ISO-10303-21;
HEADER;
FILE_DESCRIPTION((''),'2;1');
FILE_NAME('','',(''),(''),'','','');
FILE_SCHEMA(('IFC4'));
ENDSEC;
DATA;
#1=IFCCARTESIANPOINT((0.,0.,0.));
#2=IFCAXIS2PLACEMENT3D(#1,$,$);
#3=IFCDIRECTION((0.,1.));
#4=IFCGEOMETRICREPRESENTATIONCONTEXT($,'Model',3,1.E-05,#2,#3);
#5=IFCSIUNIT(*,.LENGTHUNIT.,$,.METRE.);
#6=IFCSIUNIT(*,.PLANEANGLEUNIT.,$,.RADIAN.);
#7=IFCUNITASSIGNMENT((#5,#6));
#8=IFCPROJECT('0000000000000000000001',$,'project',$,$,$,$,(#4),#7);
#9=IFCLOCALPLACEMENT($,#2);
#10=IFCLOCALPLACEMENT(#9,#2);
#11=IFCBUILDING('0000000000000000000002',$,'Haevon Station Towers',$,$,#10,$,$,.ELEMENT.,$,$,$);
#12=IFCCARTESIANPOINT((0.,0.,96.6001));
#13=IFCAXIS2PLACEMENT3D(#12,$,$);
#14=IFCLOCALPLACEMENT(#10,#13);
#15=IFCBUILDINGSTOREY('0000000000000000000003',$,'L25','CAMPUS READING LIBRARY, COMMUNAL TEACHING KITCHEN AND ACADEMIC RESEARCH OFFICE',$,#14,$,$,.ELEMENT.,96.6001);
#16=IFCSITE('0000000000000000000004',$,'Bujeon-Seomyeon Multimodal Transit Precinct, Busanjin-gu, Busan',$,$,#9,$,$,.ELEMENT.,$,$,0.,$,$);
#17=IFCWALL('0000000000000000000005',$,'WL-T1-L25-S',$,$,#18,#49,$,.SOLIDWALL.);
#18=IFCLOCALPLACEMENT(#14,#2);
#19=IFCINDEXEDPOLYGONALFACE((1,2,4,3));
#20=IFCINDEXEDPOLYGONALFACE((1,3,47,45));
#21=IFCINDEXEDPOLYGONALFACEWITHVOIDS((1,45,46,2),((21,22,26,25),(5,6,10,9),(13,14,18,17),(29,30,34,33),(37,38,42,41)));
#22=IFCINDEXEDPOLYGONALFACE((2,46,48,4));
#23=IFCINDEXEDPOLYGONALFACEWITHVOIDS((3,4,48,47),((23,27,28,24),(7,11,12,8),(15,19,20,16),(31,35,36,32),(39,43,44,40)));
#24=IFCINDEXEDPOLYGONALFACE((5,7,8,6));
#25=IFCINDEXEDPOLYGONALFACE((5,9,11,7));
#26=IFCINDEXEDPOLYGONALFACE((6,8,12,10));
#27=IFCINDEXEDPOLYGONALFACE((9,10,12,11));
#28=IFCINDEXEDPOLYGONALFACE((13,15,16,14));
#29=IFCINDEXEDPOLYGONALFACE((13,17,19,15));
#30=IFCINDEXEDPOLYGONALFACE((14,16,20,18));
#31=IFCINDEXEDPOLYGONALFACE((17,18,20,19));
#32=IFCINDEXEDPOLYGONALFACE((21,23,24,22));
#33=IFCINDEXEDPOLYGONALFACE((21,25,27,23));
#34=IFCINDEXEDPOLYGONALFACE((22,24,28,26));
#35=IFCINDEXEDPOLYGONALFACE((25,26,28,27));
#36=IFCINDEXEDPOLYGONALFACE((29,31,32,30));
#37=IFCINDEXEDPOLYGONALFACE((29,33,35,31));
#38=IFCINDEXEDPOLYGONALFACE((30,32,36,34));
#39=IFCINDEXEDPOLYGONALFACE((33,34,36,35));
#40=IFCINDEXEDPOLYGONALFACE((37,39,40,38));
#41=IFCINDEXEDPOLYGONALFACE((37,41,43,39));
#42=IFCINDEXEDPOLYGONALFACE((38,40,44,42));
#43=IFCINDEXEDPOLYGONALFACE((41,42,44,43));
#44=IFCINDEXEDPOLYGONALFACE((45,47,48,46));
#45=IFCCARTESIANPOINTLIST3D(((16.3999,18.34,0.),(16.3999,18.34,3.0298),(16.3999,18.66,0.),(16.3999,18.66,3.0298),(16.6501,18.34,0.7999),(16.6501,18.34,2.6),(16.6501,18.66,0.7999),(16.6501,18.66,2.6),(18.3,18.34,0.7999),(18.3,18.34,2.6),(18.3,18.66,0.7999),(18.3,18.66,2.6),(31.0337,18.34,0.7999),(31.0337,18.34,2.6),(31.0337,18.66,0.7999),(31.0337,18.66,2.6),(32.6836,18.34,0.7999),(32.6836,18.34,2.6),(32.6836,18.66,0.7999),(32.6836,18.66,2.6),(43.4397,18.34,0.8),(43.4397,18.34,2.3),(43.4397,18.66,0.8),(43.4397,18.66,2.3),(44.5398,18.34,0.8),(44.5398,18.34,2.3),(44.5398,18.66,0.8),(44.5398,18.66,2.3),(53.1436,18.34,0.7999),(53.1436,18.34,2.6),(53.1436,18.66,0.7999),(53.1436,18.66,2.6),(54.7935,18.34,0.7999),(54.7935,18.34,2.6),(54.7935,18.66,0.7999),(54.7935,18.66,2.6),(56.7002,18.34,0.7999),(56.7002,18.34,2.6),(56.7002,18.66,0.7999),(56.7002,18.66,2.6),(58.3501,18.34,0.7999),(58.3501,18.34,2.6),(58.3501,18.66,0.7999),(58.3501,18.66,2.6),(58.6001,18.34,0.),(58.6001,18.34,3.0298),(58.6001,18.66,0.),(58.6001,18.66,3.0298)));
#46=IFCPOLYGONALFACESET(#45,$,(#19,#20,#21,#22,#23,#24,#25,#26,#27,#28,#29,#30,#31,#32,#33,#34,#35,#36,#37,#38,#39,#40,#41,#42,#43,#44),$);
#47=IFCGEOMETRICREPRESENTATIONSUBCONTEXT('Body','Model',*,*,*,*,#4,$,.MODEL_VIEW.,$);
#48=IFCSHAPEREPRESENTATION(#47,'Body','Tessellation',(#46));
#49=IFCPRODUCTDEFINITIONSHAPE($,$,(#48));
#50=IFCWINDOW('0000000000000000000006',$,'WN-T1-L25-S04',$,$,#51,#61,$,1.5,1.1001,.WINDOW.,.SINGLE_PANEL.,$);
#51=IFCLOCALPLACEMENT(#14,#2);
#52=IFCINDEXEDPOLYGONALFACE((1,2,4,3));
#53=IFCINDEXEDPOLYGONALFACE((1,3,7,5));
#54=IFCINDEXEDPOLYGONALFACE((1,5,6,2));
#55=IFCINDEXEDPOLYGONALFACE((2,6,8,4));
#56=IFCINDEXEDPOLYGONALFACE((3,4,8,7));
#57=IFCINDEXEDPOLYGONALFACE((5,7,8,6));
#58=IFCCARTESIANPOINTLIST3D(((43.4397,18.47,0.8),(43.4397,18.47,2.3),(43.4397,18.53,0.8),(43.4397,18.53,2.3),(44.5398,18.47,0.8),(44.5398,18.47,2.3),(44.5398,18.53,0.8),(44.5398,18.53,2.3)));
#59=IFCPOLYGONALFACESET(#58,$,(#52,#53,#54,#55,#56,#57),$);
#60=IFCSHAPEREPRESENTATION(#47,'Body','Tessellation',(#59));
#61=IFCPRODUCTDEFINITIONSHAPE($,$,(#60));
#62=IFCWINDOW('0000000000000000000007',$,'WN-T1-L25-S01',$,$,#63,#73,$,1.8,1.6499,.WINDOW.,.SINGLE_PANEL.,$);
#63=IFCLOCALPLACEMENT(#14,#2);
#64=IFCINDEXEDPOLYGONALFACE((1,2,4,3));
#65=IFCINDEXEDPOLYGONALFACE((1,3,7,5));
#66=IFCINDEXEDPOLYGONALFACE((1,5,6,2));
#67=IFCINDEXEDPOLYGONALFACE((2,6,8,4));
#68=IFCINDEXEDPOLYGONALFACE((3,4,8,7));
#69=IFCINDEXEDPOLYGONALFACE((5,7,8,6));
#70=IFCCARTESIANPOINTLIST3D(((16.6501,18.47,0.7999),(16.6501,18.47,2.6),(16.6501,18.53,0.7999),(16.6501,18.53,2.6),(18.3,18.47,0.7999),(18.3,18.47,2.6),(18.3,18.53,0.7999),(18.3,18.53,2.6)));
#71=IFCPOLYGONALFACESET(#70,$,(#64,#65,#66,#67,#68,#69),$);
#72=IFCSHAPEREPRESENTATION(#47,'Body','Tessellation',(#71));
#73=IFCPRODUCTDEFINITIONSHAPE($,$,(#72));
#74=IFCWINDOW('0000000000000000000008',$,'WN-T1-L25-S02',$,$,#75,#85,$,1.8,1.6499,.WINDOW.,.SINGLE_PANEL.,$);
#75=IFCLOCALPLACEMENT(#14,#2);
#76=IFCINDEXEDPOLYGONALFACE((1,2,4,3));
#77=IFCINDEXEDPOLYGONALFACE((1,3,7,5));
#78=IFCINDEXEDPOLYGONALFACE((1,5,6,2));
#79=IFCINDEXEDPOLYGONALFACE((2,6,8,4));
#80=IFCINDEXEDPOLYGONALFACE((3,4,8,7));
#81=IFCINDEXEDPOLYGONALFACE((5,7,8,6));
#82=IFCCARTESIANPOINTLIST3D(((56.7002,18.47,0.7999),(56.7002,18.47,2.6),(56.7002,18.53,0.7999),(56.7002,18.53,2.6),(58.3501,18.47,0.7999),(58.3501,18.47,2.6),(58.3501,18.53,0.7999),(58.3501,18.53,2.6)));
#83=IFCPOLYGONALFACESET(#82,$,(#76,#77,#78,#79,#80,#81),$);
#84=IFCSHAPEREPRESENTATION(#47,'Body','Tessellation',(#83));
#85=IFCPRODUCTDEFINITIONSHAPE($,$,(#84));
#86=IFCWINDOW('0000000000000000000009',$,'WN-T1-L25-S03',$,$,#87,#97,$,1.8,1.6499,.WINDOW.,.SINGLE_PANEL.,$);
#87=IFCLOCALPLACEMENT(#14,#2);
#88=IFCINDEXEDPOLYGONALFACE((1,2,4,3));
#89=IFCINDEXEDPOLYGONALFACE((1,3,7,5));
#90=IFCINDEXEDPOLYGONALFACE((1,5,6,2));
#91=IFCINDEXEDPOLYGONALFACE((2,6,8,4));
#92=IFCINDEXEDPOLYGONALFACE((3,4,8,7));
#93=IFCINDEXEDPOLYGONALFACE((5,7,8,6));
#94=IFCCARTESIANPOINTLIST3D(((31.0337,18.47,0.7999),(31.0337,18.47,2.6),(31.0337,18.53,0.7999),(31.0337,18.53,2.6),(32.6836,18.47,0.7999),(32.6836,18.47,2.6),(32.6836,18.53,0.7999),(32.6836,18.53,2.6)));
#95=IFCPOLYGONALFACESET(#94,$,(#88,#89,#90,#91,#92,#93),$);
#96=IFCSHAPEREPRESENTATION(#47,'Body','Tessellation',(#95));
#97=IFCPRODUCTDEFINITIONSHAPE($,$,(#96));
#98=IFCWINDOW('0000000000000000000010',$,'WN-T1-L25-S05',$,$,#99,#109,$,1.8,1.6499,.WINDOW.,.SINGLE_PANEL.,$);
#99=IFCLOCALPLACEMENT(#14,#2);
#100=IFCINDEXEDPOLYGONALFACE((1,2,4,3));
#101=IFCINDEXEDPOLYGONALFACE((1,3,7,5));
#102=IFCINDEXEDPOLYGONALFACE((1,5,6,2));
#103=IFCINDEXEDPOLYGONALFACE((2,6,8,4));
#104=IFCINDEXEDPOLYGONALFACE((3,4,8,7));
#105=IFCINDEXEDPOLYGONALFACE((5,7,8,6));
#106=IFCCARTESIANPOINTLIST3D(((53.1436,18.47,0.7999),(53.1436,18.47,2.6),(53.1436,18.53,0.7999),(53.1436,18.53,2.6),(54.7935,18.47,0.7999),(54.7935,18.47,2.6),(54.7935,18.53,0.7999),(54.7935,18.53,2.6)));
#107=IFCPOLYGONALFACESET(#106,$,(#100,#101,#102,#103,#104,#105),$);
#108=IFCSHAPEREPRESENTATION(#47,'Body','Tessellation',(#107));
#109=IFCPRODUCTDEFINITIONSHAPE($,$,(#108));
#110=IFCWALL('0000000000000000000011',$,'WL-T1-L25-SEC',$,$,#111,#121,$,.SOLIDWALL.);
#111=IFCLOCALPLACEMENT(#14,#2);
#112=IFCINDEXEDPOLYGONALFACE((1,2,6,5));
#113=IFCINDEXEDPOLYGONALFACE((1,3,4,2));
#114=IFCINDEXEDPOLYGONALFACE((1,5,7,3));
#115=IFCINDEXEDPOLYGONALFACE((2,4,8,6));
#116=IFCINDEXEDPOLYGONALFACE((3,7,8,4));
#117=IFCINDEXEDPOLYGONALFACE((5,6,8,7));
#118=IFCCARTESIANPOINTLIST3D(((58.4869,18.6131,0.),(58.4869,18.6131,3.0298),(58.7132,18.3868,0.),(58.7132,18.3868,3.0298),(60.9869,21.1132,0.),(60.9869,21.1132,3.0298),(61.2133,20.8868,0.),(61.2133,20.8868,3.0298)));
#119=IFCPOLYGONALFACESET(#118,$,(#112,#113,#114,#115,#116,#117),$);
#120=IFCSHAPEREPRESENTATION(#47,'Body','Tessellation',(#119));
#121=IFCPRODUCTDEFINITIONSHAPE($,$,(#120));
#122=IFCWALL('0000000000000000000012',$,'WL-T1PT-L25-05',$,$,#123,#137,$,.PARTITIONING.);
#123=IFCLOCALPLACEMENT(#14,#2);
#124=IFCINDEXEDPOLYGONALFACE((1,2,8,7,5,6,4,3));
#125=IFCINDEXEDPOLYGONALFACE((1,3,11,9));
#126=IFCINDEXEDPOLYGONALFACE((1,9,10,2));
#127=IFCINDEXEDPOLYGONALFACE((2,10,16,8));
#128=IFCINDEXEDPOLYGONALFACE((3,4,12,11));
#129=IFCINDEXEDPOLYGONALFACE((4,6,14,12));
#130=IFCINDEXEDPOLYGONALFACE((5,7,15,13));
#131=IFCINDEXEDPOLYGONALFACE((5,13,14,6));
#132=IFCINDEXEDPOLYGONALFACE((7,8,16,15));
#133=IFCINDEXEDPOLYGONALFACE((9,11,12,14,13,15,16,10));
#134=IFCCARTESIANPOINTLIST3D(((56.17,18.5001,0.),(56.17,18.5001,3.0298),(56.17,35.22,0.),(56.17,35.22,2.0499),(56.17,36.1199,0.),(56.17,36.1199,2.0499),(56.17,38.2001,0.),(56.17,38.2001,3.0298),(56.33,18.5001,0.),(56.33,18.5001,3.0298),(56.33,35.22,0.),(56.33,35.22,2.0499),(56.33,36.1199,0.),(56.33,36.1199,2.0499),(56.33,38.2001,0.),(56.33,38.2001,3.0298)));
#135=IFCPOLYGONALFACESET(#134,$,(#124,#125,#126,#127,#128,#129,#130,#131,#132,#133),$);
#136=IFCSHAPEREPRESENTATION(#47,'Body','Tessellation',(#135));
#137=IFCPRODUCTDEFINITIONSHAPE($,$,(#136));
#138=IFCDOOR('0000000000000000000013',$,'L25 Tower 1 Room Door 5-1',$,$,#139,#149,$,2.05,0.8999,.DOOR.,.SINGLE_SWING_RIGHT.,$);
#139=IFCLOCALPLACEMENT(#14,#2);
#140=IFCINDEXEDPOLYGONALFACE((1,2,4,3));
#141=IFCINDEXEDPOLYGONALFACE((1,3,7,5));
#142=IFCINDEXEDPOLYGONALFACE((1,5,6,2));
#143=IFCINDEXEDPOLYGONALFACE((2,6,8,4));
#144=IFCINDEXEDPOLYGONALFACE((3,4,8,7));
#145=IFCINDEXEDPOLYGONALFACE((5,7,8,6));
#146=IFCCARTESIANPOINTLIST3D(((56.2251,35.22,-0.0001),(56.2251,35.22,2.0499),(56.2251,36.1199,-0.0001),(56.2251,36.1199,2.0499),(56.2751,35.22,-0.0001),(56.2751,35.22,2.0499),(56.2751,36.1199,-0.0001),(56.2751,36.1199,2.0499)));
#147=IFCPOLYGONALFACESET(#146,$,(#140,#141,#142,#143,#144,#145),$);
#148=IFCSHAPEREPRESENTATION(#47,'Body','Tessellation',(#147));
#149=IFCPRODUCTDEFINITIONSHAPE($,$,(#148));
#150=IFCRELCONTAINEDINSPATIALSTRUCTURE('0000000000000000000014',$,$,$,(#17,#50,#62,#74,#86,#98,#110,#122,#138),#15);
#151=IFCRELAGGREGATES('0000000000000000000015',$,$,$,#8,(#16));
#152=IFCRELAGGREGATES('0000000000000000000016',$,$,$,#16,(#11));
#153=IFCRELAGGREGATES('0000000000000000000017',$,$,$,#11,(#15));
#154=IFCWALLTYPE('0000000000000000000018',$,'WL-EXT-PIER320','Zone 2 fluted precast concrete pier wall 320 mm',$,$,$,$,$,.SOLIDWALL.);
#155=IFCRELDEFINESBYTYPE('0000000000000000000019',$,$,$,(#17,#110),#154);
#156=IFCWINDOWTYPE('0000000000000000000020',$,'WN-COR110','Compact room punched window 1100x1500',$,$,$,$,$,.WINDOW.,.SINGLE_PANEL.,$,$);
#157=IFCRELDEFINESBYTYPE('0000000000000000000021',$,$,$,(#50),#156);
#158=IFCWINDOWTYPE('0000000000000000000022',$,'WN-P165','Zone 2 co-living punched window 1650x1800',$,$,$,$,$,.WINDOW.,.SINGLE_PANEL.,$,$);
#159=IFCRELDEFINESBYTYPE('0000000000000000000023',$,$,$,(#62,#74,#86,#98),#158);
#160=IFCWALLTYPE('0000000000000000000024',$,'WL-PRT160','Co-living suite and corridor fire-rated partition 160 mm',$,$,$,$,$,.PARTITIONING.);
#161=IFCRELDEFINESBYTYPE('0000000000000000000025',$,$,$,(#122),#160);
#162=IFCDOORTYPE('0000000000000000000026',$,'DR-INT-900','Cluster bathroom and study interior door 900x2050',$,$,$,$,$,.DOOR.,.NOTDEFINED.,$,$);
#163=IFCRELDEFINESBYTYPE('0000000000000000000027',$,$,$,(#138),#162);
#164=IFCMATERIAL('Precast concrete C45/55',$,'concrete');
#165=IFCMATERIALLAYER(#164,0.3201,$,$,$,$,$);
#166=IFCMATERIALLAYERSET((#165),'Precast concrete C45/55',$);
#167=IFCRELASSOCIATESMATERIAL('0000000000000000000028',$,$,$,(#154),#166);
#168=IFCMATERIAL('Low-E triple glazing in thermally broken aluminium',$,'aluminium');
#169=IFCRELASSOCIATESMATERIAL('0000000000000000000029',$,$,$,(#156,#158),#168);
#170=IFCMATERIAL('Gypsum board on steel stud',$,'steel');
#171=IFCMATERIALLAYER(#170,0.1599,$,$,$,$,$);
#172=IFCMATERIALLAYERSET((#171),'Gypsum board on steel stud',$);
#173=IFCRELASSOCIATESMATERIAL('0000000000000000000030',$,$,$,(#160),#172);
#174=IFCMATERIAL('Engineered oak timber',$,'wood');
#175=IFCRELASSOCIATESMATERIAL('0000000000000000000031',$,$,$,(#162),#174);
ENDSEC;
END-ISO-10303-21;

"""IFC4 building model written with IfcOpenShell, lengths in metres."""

from ifc_helpers import new_model, si_unit, direction, frame, frame_2d, origin, place, context, subcontext, project, spatial, rectangle, extrude, material, layer, layer_set, type_object, element, fill, save


model = new_model("IFC4")

# Units and contexts
model_context = context("Model", 3, precision=1e-05, world=origin(), true_north=direction((0.0, 1.0)))
body_context = subcontext(model_context, "Body", "Model", "MODEL_VIEW")
ifc_project = project(units=[si_unit("LENGTHUNIT", "METRE"), si_unit("PLANEANGLEUNIT", "RADIAN")], contexts=[model_context])

# Site, building, storey
site_placement = place(None, origin())
site = spatial("IfcSite", under=ifc_project, at=site_placement, Name="Bujeon-Seomyeon Multimodal Transit Precinct, Busanjin-gu, Busan", CompositionType="ELEMENT", RefElevation=0.0)
building_placement = place(site_placement, origin())
building = spatial("IfcBuilding", under=site, at=building_placement, Name="Haevon Station Towers", CompositionType="ELEMENT")
storey_placement = place(building_placement, frame((0.0, 0.0, 96.6001)))
storey = spatial("IfcBuildingStorey", under=building, at=storey_placement, Name="L25", Description="CAMPUS READING LIBRARY, COMMUNAL TEACHING KITCHEN AND ACADEMIC RESEARCH OFFICE", CompositionType="ELEMENT", Elevation=96.6001)

# Wall, openings, windows
ifc_material_1 = material(Name="Precast concrete C45/55", Category="concrete")
ifc_layer_1 = layer(ifc_material_1, 0.3201)
ifc_layer_set_1 = layer_set([ifc_layer_1], Name="Precast concrete C45/55")
wall_type_1 = type_object("IfcWallType", Name="WL-EXT-PIER320", Description="Zone 2 fluted precast concrete pier wall 320 mm", PredefinedType="SOLIDWALL", material=ifc_layer_set_1)
wall_1_placement = place(storey_placement, frame((58.6001, 18.5, 0.0), z_axis=(0.0, 0.0, 1.0), x_axis=(-1.0, 0.0, 0.0)))
wall_1 = element("IfcWall", 1, at=wall_1_placement, inside=storey, type_object=wall_type_1, Name="WL-T1-L25-S", PredefinedType="SOLIDWALL", context=body_context, shape_type="SweptSolid", body=[
    extrude(rectangle(XDim=42.2002, YDim=0.3201, at=frame_2d((21.1001, 0.0))), origin(), (0.0, 0.0, 1.0), 3.0298),
])
opening_1_placement = place(wall_1_placement, frame((40.3, 0.0, 0.8)))
opening_1 = element("IfcOpeningElement", 2, at=opening_1_placement, cuts=wall_1, PredefinedType="OPENING", context=body_context, shape_type="SweptSolid", body=[
    extrude(rectangle(XDim=1.6499, YDim=1.8, at=frame_2d((0.825, 0.8999))), frame((0.0, 0.1699, 0.0), z_axis=(0.0, -1.0, 0.0), x_axis=(1.0, 0.0, 0.0)), (0.0, 0.0, 1.0), 0.3401),
])
opening_2_placement = place(wall_1_placement, frame((0.25, 0.0, 0.8)))
opening_2 = element("IfcOpeningElement", 3, at=opening_2_placement, cuts=wall_1, PredefinedType="OPENING", context=body_context, shape_type="SweptSolid", body=[
    extrude(rectangle(XDim=1.6499, YDim=1.8, at=frame_2d((0.825, 0.8999))), frame((0.0, 0.1699, 0.0), z_axis=(0.0, -1.0, 0.0), x_axis=(1.0, 0.0, 0.0)), (0.0, 0.0, 1.0), 0.3401),
])
opening_3_placement = place(wall_1_placement, frame((25.9165, 0.0, 0.8)))
opening_3 = element("IfcOpeningElement", 4, at=opening_3_placement, cuts=wall_1, PredefinedType="OPENING", context=body_context, shape_type="SweptSolid", body=[
    extrude(rectangle(XDim=1.6499, YDim=1.8, at=frame_2d((0.825, 0.8999))), frame((0.0, 0.1699, 0.0), z_axis=(0.0, -1.0, 0.0), x_axis=(1.0, 0.0, 0.0)), (0.0, 0.0, 1.0), 0.3401),
])
opening_4_placement = place(wall_1_placement, frame((14.0603, 0.0, 0.8)))
opening_4 = element("IfcOpeningElement", 5, at=opening_4_placement, cuts=wall_1, PredefinedType="OPENING", context=body_context, shape_type="SweptSolid", body=[
    extrude(rectangle(XDim=1.1001, YDim=1.5, at=frame_2d((0.55, 0.75))), frame((0.0, 0.1699, 0.0), z_axis=(0.0, -1.0, 0.0), x_axis=(1.0, 0.0, 0.0)), (0.0, 0.0, 1.0), 0.3401),
])
opening_5_placement = place(wall_1_placement, frame((3.8066, 0.0, 0.8)))
opening_5 = element("IfcOpeningElement", 6, at=opening_5_placement, cuts=wall_1, PredefinedType="OPENING", context=body_context, shape_type="SweptSolid", body=[
    extrude(rectangle(XDim=1.6499, YDim=1.8, at=frame_2d((0.825, 0.8999))), frame((0.0, 0.1699, 0.0), z_axis=(0.0, -1.0, 0.0), x_axis=(1.0, 0.0, 0.0)), (0.0, 0.0, 1.0), 0.3401),
])
ifc_material_2 = material(Name="Low-E triple glazing in thermally broken aluminium", Category="aluminium")
window_type_1 = type_object("IfcWindowType", Name="WN-COR110", Description="Compact room punched window 1100x1500", PartitioningType="SINGLE_PANEL", PredefinedType="WINDOW", material=ifc_material_2)
window_1_placement = place(opening_4_placement, origin())
window_1 = element("IfcWindow", 7, at=window_1_placement, inside=storey, type_object=window_type_1, Name="WN-T1-L25-S04", OverallHeight=1.5, OverallWidth=1.1001, PartitioningType="SINGLE_PANEL", PredefinedType="WINDOW", context=body_context, shape_type="SweptSolid", body=[
    extrude(rectangle(XDim=1.1001, YDim=1.5, at=frame_2d((0.55, 0.75))), frame((0.0, 0.03, 0.0), z_axis=(0.0, -1.0, 0.0), x_axis=(1.0, 0.0, 0.0)), (0.0, 0.0, 1.0), 0.0601),
])
fill(opening_4, window_1)
window_type_2 = type_object("IfcWindowType", Name="WN-P165", Description="Zone 2 co-living punched window 1650x1800", PartitioningType="SINGLE_PANEL", PredefinedType="WINDOW", material=ifc_material_2)
window_2_placement = place(opening_1_placement, origin())
window_2 = element("IfcWindow", 8, at=window_2_placement, inside=storey, type_object=window_type_2, Name="WN-T1-L25-S01", OverallHeight=1.8, OverallWidth=1.6499, PartitioningType="SINGLE_PANEL", PredefinedType="WINDOW", context=body_context, shape_type="SweptSolid", body=[
    extrude(rectangle(XDim=1.6499, YDim=1.8, at=frame_2d((0.825, 0.8999))), frame((0.0, 0.03, 0.0), z_axis=(0.0, -1.0, 0.0), x_axis=(1.0, 0.0, 0.0)), (0.0, 0.0, 1.0), 0.0601),
])
fill(opening_1, window_2)
window_3_placement = place(opening_2_placement, origin())
window_3 = element("IfcWindow", 9, at=window_3_placement, inside=storey, type_object=window_type_2, Name="WN-T1-L25-S02", OverallHeight=1.8, OverallWidth=1.6499, PartitioningType="SINGLE_PANEL", PredefinedType="WINDOW", context=body_context, shape_type="SweptSolid", body=[
    extrude(rectangle(XDim=1.6499, YDim=1.8, at=frame_2d((0.825, 0.8999))), frame((0.0, 0.03, 0.0), z_axis=(0.0, -1.0, 0.0), x_axis=(1.0, 0.0, 0.0)), (0.0, 0.0, 1.0), 0.0601),
])
fill(opening_2, window_3)
window_4_placement = place(opening_3_placement, origin())
window_4 = element("IfcWindow", 10, at=window_4_placement, inside=storey, type_object=window_type_2, Name="WN-T1-L25-S03", OverallHeight=1.8, OverallWidth=1.6499, PartitioningType="SINGLE_PANEL", PredefinedType="WINDOW", context=body_context, shape_type="SweptSolid", body=[
    extrude(rectangle(XDim=1.6499, YDim=1.8, at=frame_2d((0.825, 0.8999))), frame((0.0, 0.03, 0.0), z_axis=(0.0, -1.0, 0.0), x_axis=(1.0, 0.0, 0.0)), (0.0, 0.0, 1.0), 0.0601),
])
fill(opening_3, window_4)
window_5_placement = place(opening_5_placement, origin())
window_5 = element("IfcWindow", 11, at=window_5_placement, inside=storey, type_object=window_type_2, Name="WN-T1-L25-S05", OverallHeight=1.8, OverallWidth=1.6499, PartitioningType="SINGLE_PANEL", PredefinedType="WINDOW", context=body_context, shape_type="SweptSolid", body=[
    extrude(rectangle(XDim=1.6499, YDim=1.8, at=frame_2d((0.825, 0.8999))), frame((0.0, 0.03, 0.0), z_axis=(0.0, -1.0, 0.0), x_axis=(1.0, 0.0, 0.0)), (0.0, 0.0, 1.0), 0.0601),
])
fill(opening_5, window_5)

# Wall
wall_2_placement = place(storey_placement, frame((61.1001, 21.0, 0.0), z_axis=(0.0, 0.0, 1.0), x_axis=(-0.707107, -0.707107, 0.0)))
element("IfcWall", 12, at=wall_2_placement, inside=storey, type_object=wall_type_1, Name="WL-T1-L25-SEC", PredefinedType="SOLIDWALL", context=body_context, shape_type="SweptSolid", body=[
    extrude(rectangle(XDim=3.5356, YDim=0.3201, at=frame_2d((1.7678, 0.0))), origin(), (0.0, 0.0, 1.0), 3.0298),
])

# Wall, opening, door
ifc_material_3 = material(Name="Gypsum board on steel stud", Category="steel")
ifc_layer_2 = layer(ifc_material_3, 0.1599)
ifc_layer_set_2 = layer_set([ifc_layer_2], Name="Gypsum board on steel stud")
wall_type_2 = type_object("IfcWallType", Name="WL-PRT160", Description="Co-living suite and corridor fire-rated partition 160 mm", PredefinedType="PARTITIONING", material=ifc_layer_set_2)
wall_3_placement = place(storey_placement, frame((56.25, 18.5, 0.0), z_axis=(0.0, 0.0, 1.0), x_axis=(0.0, 1.0, 0.0)))
wall_3 = element("IfcWall", 13, at=wall_3_placement, inside=storey, type_object=wall_type_2, Name="WL-T1PT-L25-05", PredefinedType="PARTITIONING", context=body_context, shape_type="SweptSolid", body=[
    extrude(rectangle(XDim=19.7, YDim=0.1599, at=frame_2d((9.8501, 0.0))), origin(), (0.0, 0.0, 1.0), 3.0298),
])
opening_6_placement = place(wall_3_placement, frame((16.72, 0.0, 0.0)))
opening_6 = element("IfcOpeningElement", 14, at=opening_6_placement, cuts=wall_3, PredefinedType="OPENING", context=body_context, shape_type="SweptSolid", body=[
    extrude(rectangle(XDim=0.8999, YDim=2.05, at=frame_2d((0.45, 1.0249))), frame((0.0, 0.0898, 0.0), z_axis=(0.0, -1.0, 0.0), x_axis=(1.0, 0.0, 0.0)), (0.0, 0.0, 1.0), 0.1799),
])
ifc_material_4 = material(Name="Engineered oak timber", Category="wood")
door_type = type_object("IfcDoorType", Name="DR-INT-900", Description="Cluster bathroom and study interior door 900x2050", OperationType="NOTDEFINED", PredefinedType="DOOR", material=ifc_material_4)
door_placement = place(opening_6_placement, origin())
door = element("IfcDoor", 15, at=door_placement, inside=storey, type_object=door_type, Name="L25 Tower 1 Room Door 5-1", OperationType="SINGLE_SWING_RIGHT", OverallHeight=2.05, OverallWidth=0.8999, PredefinedType="DOOR", context=body_context, shape_type="SweptSolid", body=[
    extrude(rectangle(XDim=0.8999, YDim=2.05, at=frame_2d((0.45, 1.0249))), frame((0.0, 0.0249, 0.0), z_axis=(0.0, -1.0, 0.0), x_axis=(1.0, 0.0, 0.0)), (0.0, 0.0, 1.0), 0.05),
])
fill(opening_6, door)

save(model, "model.ifc")
